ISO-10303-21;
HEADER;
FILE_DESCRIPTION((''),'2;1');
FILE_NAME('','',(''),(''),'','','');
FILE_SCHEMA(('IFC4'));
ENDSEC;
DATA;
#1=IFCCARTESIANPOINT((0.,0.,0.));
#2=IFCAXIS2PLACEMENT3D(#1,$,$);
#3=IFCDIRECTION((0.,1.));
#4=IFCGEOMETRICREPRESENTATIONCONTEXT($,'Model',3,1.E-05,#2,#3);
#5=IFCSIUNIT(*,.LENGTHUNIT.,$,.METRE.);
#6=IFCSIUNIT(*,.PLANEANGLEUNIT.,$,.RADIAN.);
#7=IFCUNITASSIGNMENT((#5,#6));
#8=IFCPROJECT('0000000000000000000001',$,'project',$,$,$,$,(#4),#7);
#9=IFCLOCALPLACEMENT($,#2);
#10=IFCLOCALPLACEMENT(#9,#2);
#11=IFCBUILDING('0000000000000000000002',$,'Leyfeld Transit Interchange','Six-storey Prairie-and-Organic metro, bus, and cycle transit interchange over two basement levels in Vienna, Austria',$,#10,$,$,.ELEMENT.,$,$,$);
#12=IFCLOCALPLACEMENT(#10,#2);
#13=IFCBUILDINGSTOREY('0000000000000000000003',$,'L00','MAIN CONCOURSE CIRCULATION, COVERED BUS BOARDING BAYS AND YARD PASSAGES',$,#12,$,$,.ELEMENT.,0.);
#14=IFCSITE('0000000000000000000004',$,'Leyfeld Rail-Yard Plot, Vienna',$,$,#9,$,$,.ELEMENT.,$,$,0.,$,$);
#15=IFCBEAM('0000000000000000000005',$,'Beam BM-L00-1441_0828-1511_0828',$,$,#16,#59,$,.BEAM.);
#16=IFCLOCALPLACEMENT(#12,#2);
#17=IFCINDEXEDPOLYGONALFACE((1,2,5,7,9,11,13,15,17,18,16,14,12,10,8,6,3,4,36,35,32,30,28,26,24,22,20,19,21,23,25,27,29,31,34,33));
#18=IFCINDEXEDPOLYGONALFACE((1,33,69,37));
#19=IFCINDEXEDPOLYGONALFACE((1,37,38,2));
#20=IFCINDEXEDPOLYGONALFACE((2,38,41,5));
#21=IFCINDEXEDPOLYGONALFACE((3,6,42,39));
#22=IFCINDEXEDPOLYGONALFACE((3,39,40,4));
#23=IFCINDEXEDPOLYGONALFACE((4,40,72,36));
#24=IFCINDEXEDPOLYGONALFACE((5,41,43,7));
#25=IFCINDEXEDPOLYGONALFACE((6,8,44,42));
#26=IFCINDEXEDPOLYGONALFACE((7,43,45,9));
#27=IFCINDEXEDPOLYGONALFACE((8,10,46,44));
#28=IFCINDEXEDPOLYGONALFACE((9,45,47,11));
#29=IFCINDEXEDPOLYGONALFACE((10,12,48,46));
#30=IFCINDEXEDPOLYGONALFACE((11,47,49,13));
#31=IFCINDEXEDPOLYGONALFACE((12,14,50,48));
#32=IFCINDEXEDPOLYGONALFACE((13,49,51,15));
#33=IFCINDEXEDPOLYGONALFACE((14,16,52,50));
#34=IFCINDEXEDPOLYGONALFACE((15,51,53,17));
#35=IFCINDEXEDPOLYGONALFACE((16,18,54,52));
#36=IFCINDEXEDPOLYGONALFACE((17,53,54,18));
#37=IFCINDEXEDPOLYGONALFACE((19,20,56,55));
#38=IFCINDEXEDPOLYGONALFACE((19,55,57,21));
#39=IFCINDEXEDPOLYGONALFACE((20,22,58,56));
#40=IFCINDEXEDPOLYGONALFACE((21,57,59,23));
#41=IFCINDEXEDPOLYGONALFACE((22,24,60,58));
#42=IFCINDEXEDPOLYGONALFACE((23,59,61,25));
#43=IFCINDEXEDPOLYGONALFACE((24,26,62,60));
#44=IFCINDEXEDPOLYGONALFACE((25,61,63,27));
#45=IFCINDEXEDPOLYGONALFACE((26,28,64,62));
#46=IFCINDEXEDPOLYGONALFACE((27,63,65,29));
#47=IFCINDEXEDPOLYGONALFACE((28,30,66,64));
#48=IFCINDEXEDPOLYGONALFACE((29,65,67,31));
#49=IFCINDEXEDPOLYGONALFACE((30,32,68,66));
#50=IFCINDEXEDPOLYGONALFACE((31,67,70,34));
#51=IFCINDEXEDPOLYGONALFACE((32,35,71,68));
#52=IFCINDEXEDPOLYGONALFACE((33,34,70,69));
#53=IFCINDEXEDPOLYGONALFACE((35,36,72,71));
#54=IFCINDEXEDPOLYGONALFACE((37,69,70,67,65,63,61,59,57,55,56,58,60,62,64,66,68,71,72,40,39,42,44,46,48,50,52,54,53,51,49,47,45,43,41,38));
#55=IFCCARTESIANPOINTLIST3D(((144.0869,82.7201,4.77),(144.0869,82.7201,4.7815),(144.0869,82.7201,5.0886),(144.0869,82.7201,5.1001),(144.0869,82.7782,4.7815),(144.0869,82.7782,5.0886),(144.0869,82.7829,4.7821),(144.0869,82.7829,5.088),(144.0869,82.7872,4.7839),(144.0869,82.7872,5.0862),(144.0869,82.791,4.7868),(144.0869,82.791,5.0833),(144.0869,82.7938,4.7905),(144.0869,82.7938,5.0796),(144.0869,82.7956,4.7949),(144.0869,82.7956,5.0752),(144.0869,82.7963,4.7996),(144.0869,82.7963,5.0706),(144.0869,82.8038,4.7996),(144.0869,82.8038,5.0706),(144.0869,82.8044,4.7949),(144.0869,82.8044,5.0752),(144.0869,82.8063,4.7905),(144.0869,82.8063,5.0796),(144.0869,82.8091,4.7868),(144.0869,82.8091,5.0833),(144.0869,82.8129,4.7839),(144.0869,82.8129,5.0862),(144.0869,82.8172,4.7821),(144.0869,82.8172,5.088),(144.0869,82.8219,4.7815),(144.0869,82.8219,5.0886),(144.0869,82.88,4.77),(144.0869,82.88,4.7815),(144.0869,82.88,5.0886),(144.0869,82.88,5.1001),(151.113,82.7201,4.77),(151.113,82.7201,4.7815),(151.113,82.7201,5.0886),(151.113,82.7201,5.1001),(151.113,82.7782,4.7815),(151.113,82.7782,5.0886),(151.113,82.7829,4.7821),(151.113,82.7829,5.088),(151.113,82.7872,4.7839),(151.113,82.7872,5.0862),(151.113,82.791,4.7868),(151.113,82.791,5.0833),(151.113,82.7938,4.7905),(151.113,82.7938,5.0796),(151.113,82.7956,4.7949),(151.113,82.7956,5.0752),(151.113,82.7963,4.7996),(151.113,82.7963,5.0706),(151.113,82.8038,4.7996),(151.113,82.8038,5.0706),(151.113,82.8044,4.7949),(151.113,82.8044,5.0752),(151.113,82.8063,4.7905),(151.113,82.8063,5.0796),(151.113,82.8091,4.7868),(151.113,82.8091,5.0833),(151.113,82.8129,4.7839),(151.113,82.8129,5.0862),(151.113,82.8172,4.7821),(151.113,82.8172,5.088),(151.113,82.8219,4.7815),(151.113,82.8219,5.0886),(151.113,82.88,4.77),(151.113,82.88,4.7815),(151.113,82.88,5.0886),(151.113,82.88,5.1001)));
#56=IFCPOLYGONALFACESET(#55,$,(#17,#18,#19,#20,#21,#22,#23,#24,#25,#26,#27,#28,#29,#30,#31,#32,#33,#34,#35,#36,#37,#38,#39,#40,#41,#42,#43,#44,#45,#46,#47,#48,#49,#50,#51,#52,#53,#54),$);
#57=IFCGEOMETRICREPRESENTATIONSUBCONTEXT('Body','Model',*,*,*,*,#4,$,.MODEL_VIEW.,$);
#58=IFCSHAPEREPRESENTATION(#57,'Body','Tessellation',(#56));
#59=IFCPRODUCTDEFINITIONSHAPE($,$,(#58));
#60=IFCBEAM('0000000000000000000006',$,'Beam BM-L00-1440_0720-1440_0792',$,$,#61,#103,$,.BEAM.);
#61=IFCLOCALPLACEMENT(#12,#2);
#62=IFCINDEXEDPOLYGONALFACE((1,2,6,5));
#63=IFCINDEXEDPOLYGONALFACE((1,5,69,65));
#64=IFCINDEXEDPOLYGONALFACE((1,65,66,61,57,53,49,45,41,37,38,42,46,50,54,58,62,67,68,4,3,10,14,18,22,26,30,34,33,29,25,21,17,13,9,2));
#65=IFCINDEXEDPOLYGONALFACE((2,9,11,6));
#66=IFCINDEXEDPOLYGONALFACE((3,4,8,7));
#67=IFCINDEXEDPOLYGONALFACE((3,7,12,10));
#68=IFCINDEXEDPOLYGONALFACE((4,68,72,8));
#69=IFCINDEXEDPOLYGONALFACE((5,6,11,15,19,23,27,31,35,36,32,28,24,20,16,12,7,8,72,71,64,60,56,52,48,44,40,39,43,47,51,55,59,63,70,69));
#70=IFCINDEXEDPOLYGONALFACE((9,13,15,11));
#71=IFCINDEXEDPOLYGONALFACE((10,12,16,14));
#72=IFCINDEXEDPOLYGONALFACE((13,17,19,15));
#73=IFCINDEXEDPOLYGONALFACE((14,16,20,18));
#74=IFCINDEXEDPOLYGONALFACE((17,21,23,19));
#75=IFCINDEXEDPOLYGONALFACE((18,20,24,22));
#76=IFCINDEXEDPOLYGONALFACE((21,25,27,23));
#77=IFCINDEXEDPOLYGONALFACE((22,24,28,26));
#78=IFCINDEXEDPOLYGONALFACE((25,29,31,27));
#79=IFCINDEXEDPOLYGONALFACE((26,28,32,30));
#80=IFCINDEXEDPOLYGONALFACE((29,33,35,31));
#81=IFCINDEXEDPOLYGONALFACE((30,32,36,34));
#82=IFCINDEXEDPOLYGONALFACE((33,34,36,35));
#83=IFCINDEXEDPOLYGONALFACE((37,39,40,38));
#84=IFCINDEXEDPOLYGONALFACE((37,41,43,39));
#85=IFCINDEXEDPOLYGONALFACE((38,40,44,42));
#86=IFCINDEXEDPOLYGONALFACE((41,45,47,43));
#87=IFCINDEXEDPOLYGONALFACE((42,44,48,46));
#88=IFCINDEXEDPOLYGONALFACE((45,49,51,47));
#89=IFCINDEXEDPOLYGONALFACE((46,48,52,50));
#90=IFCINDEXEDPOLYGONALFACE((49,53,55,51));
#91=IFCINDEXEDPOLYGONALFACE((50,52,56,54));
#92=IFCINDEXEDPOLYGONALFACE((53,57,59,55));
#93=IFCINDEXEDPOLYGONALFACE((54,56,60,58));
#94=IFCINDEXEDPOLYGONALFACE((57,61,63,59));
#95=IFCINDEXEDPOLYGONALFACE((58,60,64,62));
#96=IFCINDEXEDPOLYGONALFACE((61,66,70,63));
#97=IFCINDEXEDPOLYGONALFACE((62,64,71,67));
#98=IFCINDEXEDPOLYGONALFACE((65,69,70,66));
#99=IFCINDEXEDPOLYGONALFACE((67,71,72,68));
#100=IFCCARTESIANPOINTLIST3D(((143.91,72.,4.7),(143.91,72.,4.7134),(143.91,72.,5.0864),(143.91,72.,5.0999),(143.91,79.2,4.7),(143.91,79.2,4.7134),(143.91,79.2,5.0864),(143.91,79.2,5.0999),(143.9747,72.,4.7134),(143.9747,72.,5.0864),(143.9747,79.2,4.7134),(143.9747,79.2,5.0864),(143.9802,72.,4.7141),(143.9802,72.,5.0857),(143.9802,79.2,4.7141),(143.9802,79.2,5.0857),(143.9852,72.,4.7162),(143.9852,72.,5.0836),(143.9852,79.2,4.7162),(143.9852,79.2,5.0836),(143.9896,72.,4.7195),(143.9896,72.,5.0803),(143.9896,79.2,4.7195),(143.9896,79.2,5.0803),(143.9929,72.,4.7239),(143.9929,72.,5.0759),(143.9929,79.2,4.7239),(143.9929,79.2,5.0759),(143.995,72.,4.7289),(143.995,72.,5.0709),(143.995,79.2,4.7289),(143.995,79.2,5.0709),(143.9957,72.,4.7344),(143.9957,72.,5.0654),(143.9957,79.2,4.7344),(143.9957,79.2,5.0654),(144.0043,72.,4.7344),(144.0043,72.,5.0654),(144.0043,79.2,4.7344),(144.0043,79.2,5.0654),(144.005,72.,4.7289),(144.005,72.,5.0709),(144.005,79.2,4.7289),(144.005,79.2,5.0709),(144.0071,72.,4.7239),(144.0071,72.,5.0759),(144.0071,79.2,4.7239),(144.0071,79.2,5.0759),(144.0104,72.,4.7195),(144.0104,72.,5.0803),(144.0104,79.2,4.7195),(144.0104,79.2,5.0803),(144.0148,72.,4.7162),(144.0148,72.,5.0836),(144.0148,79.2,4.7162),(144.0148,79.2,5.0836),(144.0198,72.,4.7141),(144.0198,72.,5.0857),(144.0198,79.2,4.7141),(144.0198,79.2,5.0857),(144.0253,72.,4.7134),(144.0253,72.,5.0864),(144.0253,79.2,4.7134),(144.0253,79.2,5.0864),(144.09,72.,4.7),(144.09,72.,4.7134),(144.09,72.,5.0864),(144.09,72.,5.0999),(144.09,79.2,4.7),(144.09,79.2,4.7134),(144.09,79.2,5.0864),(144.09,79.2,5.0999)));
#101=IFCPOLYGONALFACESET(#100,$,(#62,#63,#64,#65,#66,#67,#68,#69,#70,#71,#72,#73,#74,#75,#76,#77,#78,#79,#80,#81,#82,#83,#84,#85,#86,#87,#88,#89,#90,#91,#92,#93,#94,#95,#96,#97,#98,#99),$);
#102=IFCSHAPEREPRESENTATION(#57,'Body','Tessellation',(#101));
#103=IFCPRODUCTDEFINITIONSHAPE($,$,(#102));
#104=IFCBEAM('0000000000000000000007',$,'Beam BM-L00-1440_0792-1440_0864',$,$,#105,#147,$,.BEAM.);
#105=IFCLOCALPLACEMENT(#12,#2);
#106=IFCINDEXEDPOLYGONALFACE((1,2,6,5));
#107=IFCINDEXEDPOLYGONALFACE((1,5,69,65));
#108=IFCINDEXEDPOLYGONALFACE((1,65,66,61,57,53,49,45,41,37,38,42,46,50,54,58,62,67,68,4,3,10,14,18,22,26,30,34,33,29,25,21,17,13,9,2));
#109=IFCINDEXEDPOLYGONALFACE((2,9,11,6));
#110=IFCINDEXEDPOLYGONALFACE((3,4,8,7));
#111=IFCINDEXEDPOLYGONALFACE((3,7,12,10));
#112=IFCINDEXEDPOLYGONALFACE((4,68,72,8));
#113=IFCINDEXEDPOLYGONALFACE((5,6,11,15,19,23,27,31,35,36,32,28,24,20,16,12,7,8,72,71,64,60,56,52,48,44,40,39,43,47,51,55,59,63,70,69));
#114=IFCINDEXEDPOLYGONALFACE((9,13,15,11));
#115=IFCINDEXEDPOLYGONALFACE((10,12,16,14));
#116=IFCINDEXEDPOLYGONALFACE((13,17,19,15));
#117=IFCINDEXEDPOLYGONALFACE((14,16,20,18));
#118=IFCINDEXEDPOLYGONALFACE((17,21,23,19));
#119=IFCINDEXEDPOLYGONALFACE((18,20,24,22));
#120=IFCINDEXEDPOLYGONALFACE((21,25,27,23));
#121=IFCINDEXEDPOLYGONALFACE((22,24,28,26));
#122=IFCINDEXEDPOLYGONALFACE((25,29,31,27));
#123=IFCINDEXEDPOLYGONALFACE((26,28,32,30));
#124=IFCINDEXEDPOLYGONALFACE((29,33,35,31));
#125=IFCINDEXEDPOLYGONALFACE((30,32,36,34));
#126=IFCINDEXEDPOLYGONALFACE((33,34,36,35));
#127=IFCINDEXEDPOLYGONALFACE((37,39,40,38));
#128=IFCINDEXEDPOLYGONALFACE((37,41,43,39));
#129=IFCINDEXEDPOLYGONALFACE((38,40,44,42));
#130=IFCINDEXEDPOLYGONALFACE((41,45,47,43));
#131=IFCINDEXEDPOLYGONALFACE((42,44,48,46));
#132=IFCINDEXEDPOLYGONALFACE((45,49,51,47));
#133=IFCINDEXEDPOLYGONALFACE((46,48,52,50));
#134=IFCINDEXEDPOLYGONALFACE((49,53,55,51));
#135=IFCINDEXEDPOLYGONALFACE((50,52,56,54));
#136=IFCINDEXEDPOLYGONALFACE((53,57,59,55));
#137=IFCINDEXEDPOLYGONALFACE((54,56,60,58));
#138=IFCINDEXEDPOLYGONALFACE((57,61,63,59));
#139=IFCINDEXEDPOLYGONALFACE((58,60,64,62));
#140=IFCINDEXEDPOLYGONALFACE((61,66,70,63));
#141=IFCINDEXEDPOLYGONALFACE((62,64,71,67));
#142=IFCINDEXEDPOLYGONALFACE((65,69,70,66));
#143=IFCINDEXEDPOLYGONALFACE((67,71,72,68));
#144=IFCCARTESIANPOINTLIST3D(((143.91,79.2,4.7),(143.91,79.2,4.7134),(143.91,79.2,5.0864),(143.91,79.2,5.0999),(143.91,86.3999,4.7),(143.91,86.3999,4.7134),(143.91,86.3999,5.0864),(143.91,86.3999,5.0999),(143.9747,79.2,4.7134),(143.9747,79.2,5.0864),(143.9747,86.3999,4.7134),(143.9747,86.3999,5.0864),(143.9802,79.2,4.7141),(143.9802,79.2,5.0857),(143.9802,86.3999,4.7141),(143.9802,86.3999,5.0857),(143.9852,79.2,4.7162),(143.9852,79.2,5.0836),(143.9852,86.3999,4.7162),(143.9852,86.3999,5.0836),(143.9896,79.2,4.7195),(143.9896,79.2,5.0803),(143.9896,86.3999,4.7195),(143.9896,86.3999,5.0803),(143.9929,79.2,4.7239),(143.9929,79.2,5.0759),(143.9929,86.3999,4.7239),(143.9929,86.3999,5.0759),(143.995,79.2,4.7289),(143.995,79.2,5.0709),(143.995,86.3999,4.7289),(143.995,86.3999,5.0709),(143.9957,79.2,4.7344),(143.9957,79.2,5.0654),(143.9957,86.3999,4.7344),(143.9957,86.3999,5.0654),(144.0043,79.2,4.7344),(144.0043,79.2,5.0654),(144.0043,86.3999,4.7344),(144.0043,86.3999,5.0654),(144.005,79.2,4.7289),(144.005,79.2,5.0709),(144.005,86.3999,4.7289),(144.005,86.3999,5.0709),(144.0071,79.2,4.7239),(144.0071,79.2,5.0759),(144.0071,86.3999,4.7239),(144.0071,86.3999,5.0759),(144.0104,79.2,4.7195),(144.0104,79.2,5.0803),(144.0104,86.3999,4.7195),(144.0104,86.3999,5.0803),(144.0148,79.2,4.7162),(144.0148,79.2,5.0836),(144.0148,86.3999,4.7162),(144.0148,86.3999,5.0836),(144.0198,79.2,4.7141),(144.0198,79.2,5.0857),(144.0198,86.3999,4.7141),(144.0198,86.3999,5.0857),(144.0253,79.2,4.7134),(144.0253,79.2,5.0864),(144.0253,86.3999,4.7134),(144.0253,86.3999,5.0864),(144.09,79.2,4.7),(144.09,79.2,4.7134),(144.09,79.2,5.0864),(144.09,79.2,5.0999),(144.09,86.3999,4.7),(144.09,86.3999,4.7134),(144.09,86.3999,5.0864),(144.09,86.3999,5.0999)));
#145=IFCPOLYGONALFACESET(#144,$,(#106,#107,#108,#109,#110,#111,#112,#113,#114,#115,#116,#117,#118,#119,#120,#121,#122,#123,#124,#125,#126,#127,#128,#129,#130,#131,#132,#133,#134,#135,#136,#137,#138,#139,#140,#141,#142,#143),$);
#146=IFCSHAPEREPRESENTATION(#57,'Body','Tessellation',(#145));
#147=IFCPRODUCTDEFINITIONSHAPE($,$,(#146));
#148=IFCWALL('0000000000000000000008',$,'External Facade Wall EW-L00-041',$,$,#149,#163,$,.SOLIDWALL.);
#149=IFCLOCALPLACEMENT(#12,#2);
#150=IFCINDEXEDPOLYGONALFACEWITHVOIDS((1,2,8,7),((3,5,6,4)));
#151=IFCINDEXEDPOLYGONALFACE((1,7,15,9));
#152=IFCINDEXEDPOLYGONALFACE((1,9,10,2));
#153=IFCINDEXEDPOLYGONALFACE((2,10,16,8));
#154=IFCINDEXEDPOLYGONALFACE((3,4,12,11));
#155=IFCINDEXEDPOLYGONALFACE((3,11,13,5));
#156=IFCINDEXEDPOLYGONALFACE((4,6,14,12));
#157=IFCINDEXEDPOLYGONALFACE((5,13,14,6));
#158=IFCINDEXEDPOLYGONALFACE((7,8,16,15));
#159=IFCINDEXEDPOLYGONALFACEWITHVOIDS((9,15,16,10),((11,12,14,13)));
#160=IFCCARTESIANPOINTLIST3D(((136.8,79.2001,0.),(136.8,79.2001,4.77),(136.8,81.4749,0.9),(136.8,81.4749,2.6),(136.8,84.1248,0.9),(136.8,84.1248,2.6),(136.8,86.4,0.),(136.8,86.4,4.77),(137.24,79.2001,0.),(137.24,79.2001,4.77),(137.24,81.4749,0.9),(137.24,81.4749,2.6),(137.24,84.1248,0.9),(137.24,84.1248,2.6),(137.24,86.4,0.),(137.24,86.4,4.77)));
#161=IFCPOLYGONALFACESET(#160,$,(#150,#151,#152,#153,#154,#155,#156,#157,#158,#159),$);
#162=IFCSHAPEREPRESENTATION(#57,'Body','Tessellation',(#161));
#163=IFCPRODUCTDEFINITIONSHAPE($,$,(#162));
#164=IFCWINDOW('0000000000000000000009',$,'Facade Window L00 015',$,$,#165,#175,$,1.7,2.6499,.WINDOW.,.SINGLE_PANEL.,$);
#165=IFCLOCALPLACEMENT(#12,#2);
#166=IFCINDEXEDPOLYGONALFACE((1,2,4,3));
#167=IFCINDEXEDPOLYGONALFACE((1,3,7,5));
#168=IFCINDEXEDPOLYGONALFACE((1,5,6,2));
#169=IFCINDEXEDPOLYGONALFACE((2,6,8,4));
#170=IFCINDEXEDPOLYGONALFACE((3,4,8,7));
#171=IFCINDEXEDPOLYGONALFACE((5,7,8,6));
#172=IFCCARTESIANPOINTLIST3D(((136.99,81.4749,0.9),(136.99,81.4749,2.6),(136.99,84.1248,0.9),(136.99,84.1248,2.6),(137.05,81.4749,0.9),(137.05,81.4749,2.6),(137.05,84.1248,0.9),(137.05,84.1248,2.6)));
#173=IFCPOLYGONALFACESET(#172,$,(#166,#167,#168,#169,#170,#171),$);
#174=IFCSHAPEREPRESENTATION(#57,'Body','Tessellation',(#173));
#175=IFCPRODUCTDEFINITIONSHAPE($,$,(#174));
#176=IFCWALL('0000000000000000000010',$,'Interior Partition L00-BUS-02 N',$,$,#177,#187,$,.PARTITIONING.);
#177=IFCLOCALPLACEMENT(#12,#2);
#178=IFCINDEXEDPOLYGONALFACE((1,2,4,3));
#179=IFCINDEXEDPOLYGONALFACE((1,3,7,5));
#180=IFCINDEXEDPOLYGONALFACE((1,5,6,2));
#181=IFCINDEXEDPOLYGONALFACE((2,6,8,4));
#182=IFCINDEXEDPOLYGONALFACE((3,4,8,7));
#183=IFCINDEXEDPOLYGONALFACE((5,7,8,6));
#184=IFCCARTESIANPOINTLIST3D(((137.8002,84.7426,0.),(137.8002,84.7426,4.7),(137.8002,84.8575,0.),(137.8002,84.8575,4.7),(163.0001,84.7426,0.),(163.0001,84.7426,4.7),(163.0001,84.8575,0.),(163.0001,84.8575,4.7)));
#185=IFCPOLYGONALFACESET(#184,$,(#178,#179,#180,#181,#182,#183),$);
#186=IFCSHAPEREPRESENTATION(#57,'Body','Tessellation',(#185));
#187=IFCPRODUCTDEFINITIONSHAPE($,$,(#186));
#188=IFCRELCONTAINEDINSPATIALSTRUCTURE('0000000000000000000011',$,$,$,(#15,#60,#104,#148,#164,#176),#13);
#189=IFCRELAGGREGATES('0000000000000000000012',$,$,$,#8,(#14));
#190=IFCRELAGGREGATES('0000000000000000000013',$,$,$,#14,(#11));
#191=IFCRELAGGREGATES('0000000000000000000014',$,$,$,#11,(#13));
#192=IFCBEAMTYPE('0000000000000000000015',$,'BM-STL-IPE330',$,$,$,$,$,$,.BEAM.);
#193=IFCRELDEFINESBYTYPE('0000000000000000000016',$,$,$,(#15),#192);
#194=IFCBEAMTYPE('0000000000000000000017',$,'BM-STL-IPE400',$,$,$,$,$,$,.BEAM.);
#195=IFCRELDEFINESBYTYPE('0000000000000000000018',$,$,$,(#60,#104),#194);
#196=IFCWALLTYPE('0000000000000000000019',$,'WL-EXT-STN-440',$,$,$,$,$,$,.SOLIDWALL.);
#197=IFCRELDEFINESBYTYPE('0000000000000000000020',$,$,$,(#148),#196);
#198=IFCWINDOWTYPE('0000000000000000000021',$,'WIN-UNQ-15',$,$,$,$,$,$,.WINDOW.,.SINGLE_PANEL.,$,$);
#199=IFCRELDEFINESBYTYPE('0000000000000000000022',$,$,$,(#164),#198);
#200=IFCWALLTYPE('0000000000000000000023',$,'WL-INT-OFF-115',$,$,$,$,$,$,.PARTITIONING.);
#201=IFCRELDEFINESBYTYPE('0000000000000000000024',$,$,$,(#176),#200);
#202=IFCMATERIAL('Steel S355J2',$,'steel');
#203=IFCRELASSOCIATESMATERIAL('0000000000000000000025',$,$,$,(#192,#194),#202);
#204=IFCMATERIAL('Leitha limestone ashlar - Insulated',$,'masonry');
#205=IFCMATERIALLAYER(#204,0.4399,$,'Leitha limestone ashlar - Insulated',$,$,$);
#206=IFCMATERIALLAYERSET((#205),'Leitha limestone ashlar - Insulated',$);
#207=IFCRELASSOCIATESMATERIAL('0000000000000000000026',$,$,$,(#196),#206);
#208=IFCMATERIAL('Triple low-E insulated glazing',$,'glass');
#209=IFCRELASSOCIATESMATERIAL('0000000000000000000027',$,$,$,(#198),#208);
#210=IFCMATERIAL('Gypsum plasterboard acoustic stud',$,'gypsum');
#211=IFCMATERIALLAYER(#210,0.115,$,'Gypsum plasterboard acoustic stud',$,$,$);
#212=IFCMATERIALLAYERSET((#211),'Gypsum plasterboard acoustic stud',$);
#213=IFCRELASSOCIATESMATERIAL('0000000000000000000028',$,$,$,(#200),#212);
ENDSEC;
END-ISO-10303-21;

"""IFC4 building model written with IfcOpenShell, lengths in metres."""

from ifc_helpers import new_model, si_unit, direction, frame, frame_2d, origin, origin_2d, place, context, subcontext, project, spatial, rectangle, i_section, extrude, material, layer, layer_set, material_profile, profile_set, type_object, element, fill, save


model = new_model("IFC4")

# Units and contexts
model_context = context("Model", 3, precision=1e-05, world=origin(), true_north=direction((0.0, 1.0)))
body_context = subcontext(model_context, "Body", "Model", "MODEL_VIEW")
ifc_project = project(units=[si_unit("LENGTHUNIT", "METRE"), si_unit("PLANEANGLEUNIT", "RADIAN")], contexts=[model_context])

# Site, building, storey
site_placement = place(None, origin())
site = spatial("IfcSite", under=ifc_project, at=site_placement, Name="Leyfeld Rail-Yard Plot, Vienna", CompositionType="ELEMENT", RefElevation=0.0)
building_placement = place(site_placement, origin())
building = spatial("IfcBuilding", under=site, at=building_placement, Name="Leyfeld Transit Interchange", Description="Six-storey Prairie-and-Organic metro, bus, and cycle transit interchange over two basement levels in Vienna, Austria", CompositionType="ELEMENT")
storey_placement = place(building_placement, origin())
storey = spatial("IfcBuildingStorey", under=building, at=storey_placement, Name="L00", Description="MAIN CONCOURSE CIRCULATION, COVERED BUS BOARDING BAYS AND YARD PASSAGES", CompositionType="ELEMENT", Elevation=0.0)

# Beams
ifc_material_1 = material(Name="Steel S355J2", Category="steel")
ifc_material_profile_1 = material_profile(ifc_material_1, i_section(OverallWidth=0.1599, OverallDepth=0.3301, WebThickness=0.0076, FlangeThickness=0.0115, FilletRadius=0.0181, at=origin_2d()), Name="IPE 330")
ifc_profile_set_1 = profile_set([ifc_material_profile_1], Name="Steel S355J2")
beam_type_1 = type_object("IfcBeamType", Name="BM-STL-IPE330", PredefinedType="BEAM", material=ifc_profile_set_1)
beam_1_placement = place(storey_placement, frame((144.0869, 82.8, 4.9351), z_axis=(1.0, 0.0, 0.0), x_axis=(0.0, 1.0, 0.0)))
element("IfcBeam", 1, at=beam_1_placement, inside=storey, type_object=beam_type_1, Name="Beam BM-L00-1441_0828-1511_0828", PredefinedType="BEAM", context=body_context, shape_type="SweptSolid", body=[
    extrude(i_section(OverallWidth=0.1599, OverallDepth=0.3301, WebThickness=0.0076, FlangeThickness=0.0115, FilletRadius=0.0181, at=origin_2d()), origin(), (0.0, 0.0, 1.0), 7.0261),
])
ifc_material_profile_2 = material_profile(ifc_material_1, i_section(OverallWidth=0.1799, OverallDepth=0.3999, WebThickness=0.0085, FlangeThickness=0.0134, FilletRadius=0.021, at=origin_2d()), Name="IPE 400")
ifc_profile_set_2 = profile_set([ifc_material_profile_2], Name="Steel S355J2")
beam_type_2 = type_object("IfcBeamType", Name="BM-STL-IPE400", PredefinedType="BEAM", material=ifc_profile_set_2)
for number, where, z_axis, x_axis, name in (
    (2, (144.0, 72.0, 4.8999), (0.0, 1.0, 0.0), (-1.0, 0.0, 0.0), "Beam BM-L00-1440_0720-1440_0792"),
    (3, (144.0, 79.2, 4.8999), (0.0, 1.0, 0.0), (-1.0, 0.0, 0.0), "Beam BM-L00-1440_0792-1440_0864"),
):
    element("IfcBeam", number, at=place(storey_placement, frame(where, z_axis=z_axis, x_axis=x_axis)), inside=storey, type_object=beam_type_2, Name=name, PredefinedType="BEAM", context=body_context, shape_type="SweptSolid", body=[
        extrude(i_section(OverallWidth=0.1799, OverallDepth=0.3999, WebThickness=0.0085, FlangeThickness=0.0134, FilletRadius=0.021, at=origin_2d()), origin(), (0.0, 0.0, 1.0), 7.2),
    ])

# Wall, opening, window
ifc_material_2 = material(Name="Leitha limestone ashlar - Insulated", Category="masonry")
ifc_layer_1 = layer(ifc_material_2, 0.4399, Name="Leitha limestone ashlar - Insulated")
ifc_layer_set_1 = layer_set([ifc_layer_1], Name="Leitha limestone ashlar - Insulated")
wall_type_1 = type_object("IfcWallType", Name="WL-EXT-STN-440", PredefinedType="SOLIDWALL", material=ifc_layer_set_1)
wall_1_placement = place(storey_placement, frame((137.02, 79.2, 0.0), z_axis=(0.0, 0.0, 1.0), x_axis=(0.0, 1.0, 0.0)))
wall_1 = element("IfcWall", 4, at=wall_1_placement, inside=storey, type_object=wall_type_1, Name="External Facade Wall EW-L00-041", PredefinedType="SOLIDWALL", context=body_context, shape_type="SweptSolid", body=[
    extrude(rectangle(XDim=7.2, YDim=0.4399, at=frame_2d((3.6001, 0.0))), origin(), (0.0, 0.0, 1.0), 4.77),
])
opening_1_placement = place(wall_1_placement, frame((2.2749, 0.0, 0.8999)))
opening_1 = element("IfcOpeningElement", 5, at=opening_1_placement, cuts=wall_1, PredefinedType="OPENING", context=body_context, shape_type="SweptSolid", body=[
    extrude(rectangle(XDim=2.6499, YDim=1.7, at=frame_2d((1.325, 0.8501))), frame((0.0, 0.23, 0.0), z_axis=(0.0, -1.0, 0.0), x_axis=(1.0, 0.0, 0.0)), (0.0, 0.0, 1.0), 0.46),
])
ifc_material_3 = material(Name="Triple low-E insulated glazing", Category="glass")
window_type = type_object("IfcWindowType", Name="WIN-UNQ-15", PartitioningType="SINGLE_PANEL", PredefinedType="WINDOW", material=ifc_material_3)
window_placement = place(opening_1_placement, origin())
window = element("IfcWindow", 6, at=window_placement, inside=storey, type_object=window_type, Name="Facade Window L00 015", OverallHeight=1.7, OverallWidth=2.6499, PartitioningType="SINGLE_PANEL", PredefinedType="WINDOW", context=body_context, shape_type="SweptSolid", body=[
    extrude(rectangle(XDim=2.6499, YDim=1.7, at=frame_2d((1.325, 0.8501))), frame((0.0, 0.03, 0.0), z_axis=(0.0, -1.0, 0.0), x_axis=(1.0, 0.0, 0.0)), (0.0, 0.0, 1.0), 0.0601),
])
fill(opening_1, window)

# Wall
ifc_material_4 = material(Name="Gypsum plasterboard acoustic stud", Category="gypsum")
ifc_layer_2 = layer(ifc_material_4, 0.115, Name="Gypsum plasterboard acoustic stud")
ifc_layer_set_2 = layer_set([ifc_layer_2], Name="Gypsum plasterboard acoustic stud")
wall_type_2 = type_object("IfcWallType", Name="WL-INT-OFF-115", PredefinedType="PARTITIONING", material=ifc_layer_set_2)
wall_2_placement = place(storey_placement, frame((137.8, 84.8, 0.0), z_axis=(0.0, 0.0, 1.0), x_axis=(1.0, 0.0, 0.0)))
element("IfcWall", 7, at=wall_2_placement, inside=storey, type_object=wall_type_2, Name="Interior Partition L00-BUS-02 N", PredefinedType="PARTITIONING", context=body_context, shape_type="SweptSolid", body=[
    extrude(rectangle(XDim=25.2, YDim=0.115, at=frame_2d((12.6001, 0.0))), origin(), (0.0, 0.0, 1.0), 4.7),
])

save(model, "model.ifc")
